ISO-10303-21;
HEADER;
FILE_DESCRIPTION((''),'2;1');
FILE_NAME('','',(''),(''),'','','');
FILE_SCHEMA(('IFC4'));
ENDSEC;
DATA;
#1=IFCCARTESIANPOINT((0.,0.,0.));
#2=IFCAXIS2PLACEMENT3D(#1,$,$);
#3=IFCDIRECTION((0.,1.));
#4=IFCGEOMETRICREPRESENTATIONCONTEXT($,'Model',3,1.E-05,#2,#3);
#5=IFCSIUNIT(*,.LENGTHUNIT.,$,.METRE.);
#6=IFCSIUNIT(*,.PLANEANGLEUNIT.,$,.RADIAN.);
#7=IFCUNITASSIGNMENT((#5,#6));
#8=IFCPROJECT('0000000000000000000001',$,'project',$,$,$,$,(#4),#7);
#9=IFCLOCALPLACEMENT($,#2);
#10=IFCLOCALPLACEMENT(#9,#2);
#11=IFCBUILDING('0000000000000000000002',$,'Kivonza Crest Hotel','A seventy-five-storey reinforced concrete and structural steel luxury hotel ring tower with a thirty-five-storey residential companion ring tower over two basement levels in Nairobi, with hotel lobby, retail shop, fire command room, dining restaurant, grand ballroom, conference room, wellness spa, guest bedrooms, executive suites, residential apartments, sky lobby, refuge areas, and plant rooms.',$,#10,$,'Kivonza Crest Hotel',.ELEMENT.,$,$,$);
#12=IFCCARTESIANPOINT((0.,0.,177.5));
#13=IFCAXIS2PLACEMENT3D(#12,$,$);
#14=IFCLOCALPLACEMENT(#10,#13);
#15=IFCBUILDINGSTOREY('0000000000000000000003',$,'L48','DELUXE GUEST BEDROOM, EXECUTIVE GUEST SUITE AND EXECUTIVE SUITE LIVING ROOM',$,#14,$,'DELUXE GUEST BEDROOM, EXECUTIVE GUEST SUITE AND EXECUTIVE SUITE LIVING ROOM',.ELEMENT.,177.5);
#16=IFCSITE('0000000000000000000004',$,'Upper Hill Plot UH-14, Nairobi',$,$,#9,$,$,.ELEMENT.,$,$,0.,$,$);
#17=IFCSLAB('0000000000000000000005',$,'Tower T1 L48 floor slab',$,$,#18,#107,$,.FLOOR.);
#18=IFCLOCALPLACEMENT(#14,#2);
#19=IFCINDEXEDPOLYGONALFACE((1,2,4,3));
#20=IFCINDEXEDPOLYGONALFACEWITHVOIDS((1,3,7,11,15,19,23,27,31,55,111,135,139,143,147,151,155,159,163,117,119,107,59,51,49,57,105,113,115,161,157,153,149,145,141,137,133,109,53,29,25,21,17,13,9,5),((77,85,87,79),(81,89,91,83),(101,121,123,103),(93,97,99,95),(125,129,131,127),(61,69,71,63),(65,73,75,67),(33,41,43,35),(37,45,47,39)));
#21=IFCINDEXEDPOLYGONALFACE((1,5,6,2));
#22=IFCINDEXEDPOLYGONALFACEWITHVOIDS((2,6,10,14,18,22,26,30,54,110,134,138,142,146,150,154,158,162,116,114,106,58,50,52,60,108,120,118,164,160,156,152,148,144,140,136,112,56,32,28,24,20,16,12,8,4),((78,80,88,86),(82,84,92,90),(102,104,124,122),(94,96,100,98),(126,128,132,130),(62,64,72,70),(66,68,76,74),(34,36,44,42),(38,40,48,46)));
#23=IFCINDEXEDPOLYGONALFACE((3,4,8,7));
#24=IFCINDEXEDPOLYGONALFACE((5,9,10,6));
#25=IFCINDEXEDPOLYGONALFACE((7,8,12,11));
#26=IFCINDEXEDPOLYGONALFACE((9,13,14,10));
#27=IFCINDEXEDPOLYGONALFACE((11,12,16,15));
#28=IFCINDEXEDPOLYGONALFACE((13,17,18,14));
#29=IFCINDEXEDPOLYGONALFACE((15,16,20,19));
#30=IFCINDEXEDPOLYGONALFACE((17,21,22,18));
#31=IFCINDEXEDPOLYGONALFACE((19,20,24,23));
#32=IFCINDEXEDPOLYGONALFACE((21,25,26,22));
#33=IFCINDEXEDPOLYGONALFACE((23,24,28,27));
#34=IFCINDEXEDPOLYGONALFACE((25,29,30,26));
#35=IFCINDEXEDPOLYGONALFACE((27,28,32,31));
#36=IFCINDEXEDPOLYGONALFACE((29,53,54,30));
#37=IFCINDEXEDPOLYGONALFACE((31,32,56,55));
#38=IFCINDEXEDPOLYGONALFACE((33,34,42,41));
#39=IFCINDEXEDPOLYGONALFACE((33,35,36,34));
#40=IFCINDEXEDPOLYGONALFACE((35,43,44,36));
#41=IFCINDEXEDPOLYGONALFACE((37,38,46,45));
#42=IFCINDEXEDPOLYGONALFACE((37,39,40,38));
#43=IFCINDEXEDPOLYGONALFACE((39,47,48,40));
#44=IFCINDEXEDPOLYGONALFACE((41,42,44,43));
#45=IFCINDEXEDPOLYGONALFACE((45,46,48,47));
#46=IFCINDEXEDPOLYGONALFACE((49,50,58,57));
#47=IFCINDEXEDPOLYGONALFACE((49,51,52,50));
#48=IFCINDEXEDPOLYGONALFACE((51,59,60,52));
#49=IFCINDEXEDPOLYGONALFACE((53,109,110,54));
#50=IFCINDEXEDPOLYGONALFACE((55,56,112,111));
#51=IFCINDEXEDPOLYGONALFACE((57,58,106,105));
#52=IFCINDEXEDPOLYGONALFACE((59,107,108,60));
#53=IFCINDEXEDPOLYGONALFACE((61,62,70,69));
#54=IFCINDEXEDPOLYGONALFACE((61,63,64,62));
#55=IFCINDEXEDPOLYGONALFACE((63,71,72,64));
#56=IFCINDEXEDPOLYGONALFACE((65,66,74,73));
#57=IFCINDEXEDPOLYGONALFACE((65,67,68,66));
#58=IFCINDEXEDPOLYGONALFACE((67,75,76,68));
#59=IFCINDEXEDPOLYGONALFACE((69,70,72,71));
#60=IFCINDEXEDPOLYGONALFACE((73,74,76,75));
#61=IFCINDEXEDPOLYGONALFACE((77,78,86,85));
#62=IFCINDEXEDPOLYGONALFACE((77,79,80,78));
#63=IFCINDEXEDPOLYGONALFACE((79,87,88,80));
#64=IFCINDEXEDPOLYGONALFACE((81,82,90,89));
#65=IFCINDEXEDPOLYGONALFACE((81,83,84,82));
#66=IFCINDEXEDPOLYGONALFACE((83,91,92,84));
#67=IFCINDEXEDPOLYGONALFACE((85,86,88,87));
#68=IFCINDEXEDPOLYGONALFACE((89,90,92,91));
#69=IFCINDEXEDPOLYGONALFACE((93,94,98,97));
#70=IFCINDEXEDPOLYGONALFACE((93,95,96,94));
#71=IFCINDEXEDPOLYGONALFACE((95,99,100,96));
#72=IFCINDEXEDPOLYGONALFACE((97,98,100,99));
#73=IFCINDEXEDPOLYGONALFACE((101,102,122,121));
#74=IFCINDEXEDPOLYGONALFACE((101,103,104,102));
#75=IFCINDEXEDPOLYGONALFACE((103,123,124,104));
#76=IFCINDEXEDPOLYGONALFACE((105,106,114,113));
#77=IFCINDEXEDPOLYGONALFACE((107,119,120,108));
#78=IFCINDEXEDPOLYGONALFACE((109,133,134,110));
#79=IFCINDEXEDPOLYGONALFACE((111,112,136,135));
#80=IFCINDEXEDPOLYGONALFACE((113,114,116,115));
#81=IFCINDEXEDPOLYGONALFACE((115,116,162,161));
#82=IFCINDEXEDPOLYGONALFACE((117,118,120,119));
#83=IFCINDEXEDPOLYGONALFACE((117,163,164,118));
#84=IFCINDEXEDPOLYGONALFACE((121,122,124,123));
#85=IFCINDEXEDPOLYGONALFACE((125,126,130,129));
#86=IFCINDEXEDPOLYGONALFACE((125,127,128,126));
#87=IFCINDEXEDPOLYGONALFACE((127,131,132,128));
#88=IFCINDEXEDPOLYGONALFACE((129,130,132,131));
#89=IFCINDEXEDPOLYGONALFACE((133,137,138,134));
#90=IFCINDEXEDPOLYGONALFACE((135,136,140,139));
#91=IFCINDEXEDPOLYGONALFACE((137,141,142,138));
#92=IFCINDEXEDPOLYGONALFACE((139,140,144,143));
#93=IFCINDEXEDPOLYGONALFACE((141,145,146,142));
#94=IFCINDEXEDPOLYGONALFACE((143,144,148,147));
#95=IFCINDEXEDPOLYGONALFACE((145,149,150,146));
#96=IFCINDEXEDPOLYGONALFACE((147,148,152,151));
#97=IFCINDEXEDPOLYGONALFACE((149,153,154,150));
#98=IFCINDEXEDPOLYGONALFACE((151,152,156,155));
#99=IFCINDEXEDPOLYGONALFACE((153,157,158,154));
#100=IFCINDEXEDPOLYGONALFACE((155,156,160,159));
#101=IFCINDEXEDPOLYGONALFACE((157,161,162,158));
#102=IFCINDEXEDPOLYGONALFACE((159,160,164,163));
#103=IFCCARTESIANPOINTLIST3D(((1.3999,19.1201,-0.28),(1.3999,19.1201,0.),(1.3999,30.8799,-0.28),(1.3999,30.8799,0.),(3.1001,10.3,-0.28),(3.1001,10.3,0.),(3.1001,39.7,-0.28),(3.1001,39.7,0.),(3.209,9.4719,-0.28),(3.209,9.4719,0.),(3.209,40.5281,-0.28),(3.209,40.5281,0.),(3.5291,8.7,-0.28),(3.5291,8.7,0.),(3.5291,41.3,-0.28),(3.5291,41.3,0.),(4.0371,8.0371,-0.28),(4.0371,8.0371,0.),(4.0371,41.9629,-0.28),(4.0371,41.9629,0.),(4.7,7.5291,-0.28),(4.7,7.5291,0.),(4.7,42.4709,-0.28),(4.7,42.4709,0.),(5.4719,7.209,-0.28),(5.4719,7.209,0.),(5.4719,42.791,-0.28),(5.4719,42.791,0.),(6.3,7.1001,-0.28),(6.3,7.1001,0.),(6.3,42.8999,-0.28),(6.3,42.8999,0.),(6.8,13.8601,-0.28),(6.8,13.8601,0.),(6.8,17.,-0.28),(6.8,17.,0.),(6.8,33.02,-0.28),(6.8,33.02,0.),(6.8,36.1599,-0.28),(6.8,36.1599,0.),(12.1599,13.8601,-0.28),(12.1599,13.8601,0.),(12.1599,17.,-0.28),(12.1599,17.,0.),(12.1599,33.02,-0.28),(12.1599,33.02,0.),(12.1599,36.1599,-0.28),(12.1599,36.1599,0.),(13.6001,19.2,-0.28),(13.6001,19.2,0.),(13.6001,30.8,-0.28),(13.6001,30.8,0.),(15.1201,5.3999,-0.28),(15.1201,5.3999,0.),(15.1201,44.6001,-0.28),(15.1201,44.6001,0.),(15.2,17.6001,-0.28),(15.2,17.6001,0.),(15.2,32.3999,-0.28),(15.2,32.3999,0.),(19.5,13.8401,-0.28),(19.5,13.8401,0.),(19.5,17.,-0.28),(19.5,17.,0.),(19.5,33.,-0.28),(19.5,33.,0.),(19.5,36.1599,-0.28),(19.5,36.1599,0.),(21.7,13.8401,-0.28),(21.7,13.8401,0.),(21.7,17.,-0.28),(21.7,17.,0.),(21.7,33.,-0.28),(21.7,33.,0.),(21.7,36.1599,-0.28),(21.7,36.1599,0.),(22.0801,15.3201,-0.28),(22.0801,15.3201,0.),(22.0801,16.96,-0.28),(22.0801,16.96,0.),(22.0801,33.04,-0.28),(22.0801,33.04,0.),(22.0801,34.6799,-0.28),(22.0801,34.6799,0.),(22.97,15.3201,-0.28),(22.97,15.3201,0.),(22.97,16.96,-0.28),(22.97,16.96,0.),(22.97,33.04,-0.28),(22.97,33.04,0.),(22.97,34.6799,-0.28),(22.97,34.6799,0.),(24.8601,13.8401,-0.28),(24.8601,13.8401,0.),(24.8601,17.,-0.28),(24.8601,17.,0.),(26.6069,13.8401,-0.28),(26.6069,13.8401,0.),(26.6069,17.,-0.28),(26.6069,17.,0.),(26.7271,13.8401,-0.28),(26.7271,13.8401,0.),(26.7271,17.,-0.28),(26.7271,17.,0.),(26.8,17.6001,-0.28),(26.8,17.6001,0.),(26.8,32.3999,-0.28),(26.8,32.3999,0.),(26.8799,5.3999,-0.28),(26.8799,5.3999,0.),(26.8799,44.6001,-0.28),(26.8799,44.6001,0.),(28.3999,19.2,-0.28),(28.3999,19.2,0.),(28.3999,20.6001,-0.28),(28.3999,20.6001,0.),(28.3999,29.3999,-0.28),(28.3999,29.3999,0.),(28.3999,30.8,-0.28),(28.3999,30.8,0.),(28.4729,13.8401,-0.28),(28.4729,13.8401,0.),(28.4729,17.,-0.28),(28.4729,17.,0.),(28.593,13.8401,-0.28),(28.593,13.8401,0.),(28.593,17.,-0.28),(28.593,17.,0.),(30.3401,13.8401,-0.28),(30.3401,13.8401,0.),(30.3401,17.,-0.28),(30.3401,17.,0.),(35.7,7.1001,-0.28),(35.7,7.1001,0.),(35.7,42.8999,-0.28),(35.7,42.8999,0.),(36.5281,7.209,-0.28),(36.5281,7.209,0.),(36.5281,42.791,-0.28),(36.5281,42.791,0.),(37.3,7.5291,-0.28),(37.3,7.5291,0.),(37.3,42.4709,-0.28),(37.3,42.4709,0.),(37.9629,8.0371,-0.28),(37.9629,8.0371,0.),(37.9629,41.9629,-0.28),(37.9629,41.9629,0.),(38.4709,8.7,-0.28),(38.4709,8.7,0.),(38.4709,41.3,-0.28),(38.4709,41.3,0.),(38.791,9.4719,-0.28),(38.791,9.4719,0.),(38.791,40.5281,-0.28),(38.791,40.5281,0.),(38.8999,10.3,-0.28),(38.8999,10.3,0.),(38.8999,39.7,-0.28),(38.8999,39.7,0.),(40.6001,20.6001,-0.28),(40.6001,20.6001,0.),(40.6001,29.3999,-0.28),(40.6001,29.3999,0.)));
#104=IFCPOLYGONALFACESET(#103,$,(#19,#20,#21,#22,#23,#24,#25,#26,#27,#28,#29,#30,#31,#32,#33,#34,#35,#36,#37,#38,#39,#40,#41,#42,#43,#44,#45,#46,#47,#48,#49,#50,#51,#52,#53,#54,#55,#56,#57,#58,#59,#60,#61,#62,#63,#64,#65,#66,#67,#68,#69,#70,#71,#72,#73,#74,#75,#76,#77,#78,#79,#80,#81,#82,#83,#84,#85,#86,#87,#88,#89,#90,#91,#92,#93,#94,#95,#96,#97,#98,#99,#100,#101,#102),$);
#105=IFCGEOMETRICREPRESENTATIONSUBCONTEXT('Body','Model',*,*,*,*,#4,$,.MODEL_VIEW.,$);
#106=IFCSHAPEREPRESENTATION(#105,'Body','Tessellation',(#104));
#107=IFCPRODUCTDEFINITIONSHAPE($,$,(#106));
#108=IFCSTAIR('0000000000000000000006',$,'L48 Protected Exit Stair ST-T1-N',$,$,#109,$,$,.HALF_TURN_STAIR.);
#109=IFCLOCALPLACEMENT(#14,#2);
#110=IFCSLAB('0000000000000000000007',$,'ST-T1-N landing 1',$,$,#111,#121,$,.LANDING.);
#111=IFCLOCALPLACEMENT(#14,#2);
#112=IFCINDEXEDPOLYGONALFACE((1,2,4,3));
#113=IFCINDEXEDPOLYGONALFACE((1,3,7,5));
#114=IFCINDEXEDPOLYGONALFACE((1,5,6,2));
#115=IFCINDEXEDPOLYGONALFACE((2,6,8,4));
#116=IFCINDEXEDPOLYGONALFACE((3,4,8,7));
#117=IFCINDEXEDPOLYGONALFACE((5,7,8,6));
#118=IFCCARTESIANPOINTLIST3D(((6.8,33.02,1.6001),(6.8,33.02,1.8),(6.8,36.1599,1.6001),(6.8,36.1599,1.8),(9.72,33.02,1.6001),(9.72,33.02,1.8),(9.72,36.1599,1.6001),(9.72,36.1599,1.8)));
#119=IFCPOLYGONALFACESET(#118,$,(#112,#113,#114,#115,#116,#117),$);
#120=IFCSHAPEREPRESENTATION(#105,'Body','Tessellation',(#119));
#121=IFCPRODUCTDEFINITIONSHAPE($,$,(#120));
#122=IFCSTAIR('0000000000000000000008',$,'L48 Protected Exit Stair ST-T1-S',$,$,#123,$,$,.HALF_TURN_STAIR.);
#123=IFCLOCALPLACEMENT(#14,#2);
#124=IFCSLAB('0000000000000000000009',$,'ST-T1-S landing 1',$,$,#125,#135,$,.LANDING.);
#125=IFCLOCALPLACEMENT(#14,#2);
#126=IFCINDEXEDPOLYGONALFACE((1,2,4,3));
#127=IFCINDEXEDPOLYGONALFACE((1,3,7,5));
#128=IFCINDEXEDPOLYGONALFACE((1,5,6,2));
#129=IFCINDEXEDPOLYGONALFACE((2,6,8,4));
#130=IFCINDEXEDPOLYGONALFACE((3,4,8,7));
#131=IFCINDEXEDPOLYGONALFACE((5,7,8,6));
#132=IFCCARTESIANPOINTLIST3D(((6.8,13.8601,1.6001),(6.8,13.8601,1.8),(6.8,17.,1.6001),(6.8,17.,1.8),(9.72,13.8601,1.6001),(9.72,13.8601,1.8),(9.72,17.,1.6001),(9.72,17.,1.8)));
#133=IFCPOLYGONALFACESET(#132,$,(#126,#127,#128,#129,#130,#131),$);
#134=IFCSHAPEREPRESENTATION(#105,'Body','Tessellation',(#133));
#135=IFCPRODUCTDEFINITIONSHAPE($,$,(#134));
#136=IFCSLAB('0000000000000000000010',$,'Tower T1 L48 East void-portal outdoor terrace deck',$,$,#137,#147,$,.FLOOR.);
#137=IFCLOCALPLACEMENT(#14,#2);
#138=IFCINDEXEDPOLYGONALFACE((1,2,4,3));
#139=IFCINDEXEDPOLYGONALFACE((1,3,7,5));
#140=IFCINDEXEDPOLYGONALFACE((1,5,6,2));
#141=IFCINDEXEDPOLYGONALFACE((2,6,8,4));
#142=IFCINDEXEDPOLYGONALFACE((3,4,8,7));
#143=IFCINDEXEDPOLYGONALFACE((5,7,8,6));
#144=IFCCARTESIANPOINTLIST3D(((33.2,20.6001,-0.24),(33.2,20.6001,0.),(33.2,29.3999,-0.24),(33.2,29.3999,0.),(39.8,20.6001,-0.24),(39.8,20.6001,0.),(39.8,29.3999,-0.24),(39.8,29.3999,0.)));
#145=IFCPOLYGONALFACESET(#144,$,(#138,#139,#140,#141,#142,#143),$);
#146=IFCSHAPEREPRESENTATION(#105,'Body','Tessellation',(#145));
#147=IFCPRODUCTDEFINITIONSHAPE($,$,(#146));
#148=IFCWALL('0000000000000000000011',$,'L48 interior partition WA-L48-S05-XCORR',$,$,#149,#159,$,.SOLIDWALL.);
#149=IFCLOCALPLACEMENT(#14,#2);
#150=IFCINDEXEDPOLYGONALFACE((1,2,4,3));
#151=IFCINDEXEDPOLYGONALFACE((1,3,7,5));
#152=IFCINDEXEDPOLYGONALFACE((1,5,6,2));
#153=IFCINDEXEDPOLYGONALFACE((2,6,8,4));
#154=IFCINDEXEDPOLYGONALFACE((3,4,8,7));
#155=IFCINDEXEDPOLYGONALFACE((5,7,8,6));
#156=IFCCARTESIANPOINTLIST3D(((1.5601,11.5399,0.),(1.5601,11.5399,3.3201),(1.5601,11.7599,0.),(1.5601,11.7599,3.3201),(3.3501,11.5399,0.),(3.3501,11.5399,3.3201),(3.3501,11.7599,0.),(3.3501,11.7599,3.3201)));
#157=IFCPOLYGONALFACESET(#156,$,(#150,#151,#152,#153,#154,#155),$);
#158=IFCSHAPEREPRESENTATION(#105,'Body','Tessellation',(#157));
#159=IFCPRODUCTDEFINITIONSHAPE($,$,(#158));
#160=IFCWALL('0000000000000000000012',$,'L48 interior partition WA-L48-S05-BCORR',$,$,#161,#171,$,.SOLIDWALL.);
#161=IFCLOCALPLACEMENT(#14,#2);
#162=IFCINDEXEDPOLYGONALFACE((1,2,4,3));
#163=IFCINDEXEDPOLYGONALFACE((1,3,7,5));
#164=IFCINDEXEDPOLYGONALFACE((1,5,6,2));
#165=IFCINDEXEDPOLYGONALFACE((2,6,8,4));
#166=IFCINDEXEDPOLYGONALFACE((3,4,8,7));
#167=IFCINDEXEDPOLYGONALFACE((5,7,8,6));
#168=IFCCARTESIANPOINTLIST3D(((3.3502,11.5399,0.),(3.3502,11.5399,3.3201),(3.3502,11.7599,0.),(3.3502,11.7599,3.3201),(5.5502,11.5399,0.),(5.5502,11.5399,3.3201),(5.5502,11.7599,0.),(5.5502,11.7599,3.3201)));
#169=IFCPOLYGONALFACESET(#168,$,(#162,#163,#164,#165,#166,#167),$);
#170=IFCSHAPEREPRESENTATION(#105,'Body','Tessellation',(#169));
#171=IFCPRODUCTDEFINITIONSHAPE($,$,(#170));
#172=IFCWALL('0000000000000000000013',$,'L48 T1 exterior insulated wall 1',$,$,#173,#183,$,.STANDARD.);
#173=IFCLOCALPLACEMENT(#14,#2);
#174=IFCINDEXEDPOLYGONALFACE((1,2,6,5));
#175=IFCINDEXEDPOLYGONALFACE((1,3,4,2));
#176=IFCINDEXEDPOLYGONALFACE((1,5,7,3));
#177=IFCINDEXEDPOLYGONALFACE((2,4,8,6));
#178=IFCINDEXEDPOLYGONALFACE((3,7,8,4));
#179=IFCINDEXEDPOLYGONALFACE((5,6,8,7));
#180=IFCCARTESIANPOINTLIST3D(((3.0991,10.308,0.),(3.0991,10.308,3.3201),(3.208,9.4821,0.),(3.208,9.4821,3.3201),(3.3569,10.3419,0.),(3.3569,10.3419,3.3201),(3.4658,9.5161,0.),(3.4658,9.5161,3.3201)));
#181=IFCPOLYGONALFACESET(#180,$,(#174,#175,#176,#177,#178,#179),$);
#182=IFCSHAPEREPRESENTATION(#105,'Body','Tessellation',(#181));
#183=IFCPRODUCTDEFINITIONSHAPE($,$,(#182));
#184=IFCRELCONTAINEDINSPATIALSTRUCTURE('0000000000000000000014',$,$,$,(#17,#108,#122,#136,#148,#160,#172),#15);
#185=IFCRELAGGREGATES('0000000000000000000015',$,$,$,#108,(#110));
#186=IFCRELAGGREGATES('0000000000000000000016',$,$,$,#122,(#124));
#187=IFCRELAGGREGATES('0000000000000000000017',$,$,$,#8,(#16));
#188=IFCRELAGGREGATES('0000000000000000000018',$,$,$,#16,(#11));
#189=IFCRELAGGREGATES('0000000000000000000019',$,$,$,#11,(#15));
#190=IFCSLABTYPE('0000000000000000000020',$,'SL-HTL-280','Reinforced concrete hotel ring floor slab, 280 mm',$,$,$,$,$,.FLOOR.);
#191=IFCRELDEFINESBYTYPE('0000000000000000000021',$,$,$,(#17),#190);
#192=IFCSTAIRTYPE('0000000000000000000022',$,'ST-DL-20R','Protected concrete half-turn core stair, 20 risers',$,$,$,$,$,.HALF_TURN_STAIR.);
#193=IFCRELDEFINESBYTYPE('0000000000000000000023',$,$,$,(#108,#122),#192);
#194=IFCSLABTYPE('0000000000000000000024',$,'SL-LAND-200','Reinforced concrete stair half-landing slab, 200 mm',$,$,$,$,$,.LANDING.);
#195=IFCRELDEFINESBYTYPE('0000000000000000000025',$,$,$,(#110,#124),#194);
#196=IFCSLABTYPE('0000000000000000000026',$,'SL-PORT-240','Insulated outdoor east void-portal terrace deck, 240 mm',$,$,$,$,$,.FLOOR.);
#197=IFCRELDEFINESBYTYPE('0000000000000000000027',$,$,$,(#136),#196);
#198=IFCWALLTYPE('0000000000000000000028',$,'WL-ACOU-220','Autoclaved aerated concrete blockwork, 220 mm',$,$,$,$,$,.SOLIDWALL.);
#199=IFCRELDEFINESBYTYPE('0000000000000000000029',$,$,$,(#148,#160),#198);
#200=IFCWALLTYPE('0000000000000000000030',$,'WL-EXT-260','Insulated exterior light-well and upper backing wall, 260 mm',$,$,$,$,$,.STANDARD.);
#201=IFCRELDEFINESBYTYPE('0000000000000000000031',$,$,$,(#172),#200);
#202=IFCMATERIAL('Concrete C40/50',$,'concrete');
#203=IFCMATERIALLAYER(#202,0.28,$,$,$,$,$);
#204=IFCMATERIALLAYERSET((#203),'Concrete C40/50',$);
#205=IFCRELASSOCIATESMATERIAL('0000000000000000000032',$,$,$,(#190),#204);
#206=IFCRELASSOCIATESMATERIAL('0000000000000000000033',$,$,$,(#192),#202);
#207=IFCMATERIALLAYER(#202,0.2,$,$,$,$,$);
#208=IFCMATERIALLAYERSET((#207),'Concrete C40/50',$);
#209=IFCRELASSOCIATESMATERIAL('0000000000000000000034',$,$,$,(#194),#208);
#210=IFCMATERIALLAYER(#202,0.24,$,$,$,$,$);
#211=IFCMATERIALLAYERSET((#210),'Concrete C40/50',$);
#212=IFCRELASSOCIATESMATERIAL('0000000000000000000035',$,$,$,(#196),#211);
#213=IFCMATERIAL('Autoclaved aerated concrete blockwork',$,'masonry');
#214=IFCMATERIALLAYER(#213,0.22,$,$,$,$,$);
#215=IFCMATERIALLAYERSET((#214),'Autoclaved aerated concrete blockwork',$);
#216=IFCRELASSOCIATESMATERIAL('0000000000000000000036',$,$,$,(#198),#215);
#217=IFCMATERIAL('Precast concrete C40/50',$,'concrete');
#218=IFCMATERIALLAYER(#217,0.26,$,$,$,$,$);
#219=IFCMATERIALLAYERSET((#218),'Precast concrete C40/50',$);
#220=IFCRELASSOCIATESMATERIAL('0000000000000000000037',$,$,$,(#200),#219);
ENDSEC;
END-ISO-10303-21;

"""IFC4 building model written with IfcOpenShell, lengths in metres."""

from ifc_helpers import new_model, si_unit, direction, frame, frame_2d, origin, place, context, subcontext, project, spatial, polyline, rectangle, outline, extrude, material, layer, layer_set, type_object, element, aggregate, save


model = new_model("IFC4")

# Units and contexts
model_context = context("Model", 3, precision=1e-05, world=origin(), true_north=direction((0.0, 1.0)))
body_context = subcontext(model_context, "Body", "Model", "MODEL_VIEW")
ifc_project = project(units=[si_unit("LENGTHUNIT", "METRE"), si_unit("PLANEANGLEUNIT", "RADIAN")], contexts=[model_context])

# Site, building, storey
site_placement = place(None, origin())
site = spatial("IfcSite", under=ifc_project, at=site_placement, Name="Upper Hill Plot UH-14, Nairobi", CompositionType="ELEMENT", RefElevation=0.0)
building_placement = place(site_placement, origin())
building = spatial("IfcBuilding", under=site, at=building_placement, Name="Kivonza Crest Hotel", Description="A seventy-five-storey reinforced concrete and structural steel luxury hotel ring tower with a thirty-five-storey residential companion ring tower over two basement levels in Nairobi, with hotel lobby, retail shop, fire command room, dining restaurant, grand ballroom, conference room, wellness spa, guest bedrooms, executive suites, residential apartments, sky lobby, refuge areas, and plant rooms.", LongName="Kivonza Crest Hotel", CompositionType="ELEMENT")
storey_placement = place(building_placement, frame((0.0, 0.0, 177.5)))
storey = spatial("IfcBuildingStorey", under=building, at=storey_placement, Name="L48", Description="DELUXE GUEST BEDROOM, EXECUTIVE GUEST SUITE AND EXECUTIVE SUITE LIVING ROOM", LongName="DELUXE GUEST BEDROOM, EXECUTIVE GUEST SUITE AND EXECUTIVE SUITE LIVING ROOM", CompositionType="ELEMENT", Elevation=177.5)

# Slab
ifc_material_1 = material(Name="Concrete C40/50", Category="concrete")
ifc_layer_1 = layer(ifc_material_1, 0.28)
ifc_layer_set_1 = layer_set([ifc_layer_1], Name="Concrete C40/50")
slab_type_1 = type_object("IfcSlabType", Name="SL-HTL-280", Description="Reinforced concrete hotel ring floor slab, 280 mm", PredefinedType="FLOOR", material=ifc_layer_set_1)
slab_1_placement = place(storey_placement, frame((0.0, 0.0, -0.28)))
element("IfcSlab", 1, at=slab_1_placement, inside=storey, type_object=slab_type_1, Name="Tower T1 L48 floor slab", PredefinedType="FLOOR", context=body_context, shape_type="SweptSolid", body=[
    extrude(outline(polyline([(3.1001, 10.3), (3.209, 9.4719), (3.5291, 8.7), (4.0371, 8.0371), (4.7, 7.5291), (5.4719, 7.209), (6.3, 7.1001), (15.1201, 5.3999), (26.8799, 5.3999), (35.7, 7.1001), (36.5281, 7.209), (37.3, 7.5291), (37.9629, 8.0371), (38.4709, 8.7), (38.791, 9.4719), (38.8999, 10.3), (40.6001, 20.6001), (28.3999, 20.6001), (28.3999, 19.2), (26.8, 17.6001), (15.2, 17.6001), (13.6001, 19.2), (13.6001, 30.8), (15.2, 32.3999), (26.8, 32.3999), (28.3999, 30.8), (28.3999, 29.3999), (40.6001, 29.3999), (38.8999, 39.7), (38.791, 40.5281), (38.4709, 41.3), (37.9629, 41.9629), (37.3, 42.4709), (36.5281, 42.791), (35.7, 42.8999), (26.8799, 44.6001), (15.1201, 44.6001), (6.3, 42.8999), (5.4719, 42.791), (4.7, 42.4709), (4.0371, 41.9629), (3.5291, 41.3), (3.209, 40.5281), (3.1001, 39.7), (1.3999, 30.8799), (1.3999, 19.1201), (3.1001, 10.3)]), holes=[polyline([(6.8, 33.02), (12.1599, 33.02), (12.1599, 36.1599), (6.8, 36.1599), (6.8, 33.02)]), polyline([(6.8, 13.8601), (12.1599, 13.8601), (12.1599, 17.0), (6.8, 17.0), (6.8, 13.8601)]), polyline([(22.0801, 33.04), (22.97, 33.04), (22.97, 34.6799), (22.0801, 34.6799), (22.0801, 33.04)]), polyline([(22.0801, 15.3201), (22.97, 15.3201), (22.97, 16.96), (22.0801, 16.96), (22.0801, 15.3201)]), polyline([(19.5, 33.0), (21.7, 33.0), (21.7, 36.1599), (19.5, 36.1599), (19.5, 33.0)]), polyline([(19.5, 13.8401), (21.7, 13.8401), (21.7, 17.0), (19.5, 17.0), (19.5, 13.8401)]), polyline([(24.8601, 13.8401), (26.6069, 13.8401), (26.6069, 17.0), (24.8601, 17.0), (24.8601, 13.8401)]), polyline([(26.7271, 13.8401), (28.4729, 13.8401), (28.4729, 17.0), (26.7271, 17.0), (26.7271, 13.8401)]), polyline([(28.593, 13.8401), (30.3401, 13.8401), (30.3401, 17.0), (28.593, 17.0), (28.593, 13.8401)])]), origin(), (0.0, 0.0, 1.0), 0.28),
])

# Stairs, slabs
stair_type = type_object("IfcStairType", Name="ST-DL-20R", Description="Protected concrete half-turn core stair, 20 risers", PredefinedType="HALF_TURN_STAIR", material=ifc_material_1)
stair_1_placement = place(storey_placement, origin())
stair_1 = element("IfcStair", 2, at=stair_1_placement, inside=storey, type_object=stair_type, Name="L48 Protected Exit Stair ST-T1-N", PredefinedType="HALF_TURN_STAIR")
ifc_layer_2 = layer(ifc_material_1, 0.2)
ifc_layer_set_2 = layer_set([ifc_layer_2], Name="Concrete C40/50")
slab_type_2 = type_object("IfcSlabType", Name="SL-LAND-200", Description="Reinforced concrete stair half-landing slab, 200 mm", PredefinedType="LANDING", material=ifc_layer_set_2)
slab_2_placement = place(storey_placement, frame((0.0, 0.0, 1.6001)))
slab_2 = element("IfcSlab", 3, at=slab_2_placement, type_object=slab_type_2, Name="ST-T1-N landing 1", PredefinedType="LANDING", context=body_context, shape_type="SweptSolid", body=[
    extrude(outline(polyline([(9.72, 36.1599), (6.8, 36.1599), (6.8, 33.02), (9.72, 33.02), (9.72, 36.1599)])), origin(), (0.0, 0.0, 1.0), 0.2),
])
aggregate(stair_1, [slab_2])
stair_2_placement = place(storey_placement, origin())
stair_2 = element("IfcStair", 4, at=stair_2_placement, inside=storey, type_object=stair_type, Name="L48 Protected Exit Stair ST-T1-S", PredefinedType="HALF_TURN_STAIR")
slab_3_placement = place(storey_placement, frame((0.0, 0.0, 1.6001)))
slab_3 = element("IfcSlab", 5, at=slab_3_placement, type_object=slab_type_2, Name="ST-T1-S landing 1", PredefinedType="LANDING", context=body_context, shape_type="SweptSolid", body=[
    extrude(outline(polyline([(9.72, 17.0), (6.8, 17.0), (6.8, 13.8601), (9.72, 13.8601), (9.72, 17.0)])), origin(), (0.0, 0.0, 1.0), 0.2),
])
aggregate(stair_2, [slab_3])

# Slab
ifc_layer_3 = layer(ifc_material_1, 0.24)
ifc_layer_set_3 = layer_set([ifc_layer_3], Name="Concrete C40/50")
slab_type_3 = type_object("IfcSlabType", Name="SL-PORT-240", Description="Insulated outdoor east void-portal terrace deck, 240 mm", PredefinedType="FLOOR", material=ifc_layer_set_3)
slab_4_placement = place(storey_placement, frame((0.0, 0.0, -0.24)))
element("IfcSlab", 6, at=slab_4_placement, inside=storey, type_object=slab_type_3, Name="Tower T1 L48 East void-portal outdoor terrace deck", PredefinedType="FLOOR", context=body_context, shape_type="SweptSolid", body=[
    extrude(outline(polyline([(33.2, 20.6001), (39.8, 20.6001), (39.8, 29.3999), (33.2, 29.3999), (33.2, 20.6001)])), origin(), (0.0, 0.0, 1.0), 0.24),
])

# Walls
ifc_material_2 = material(Name="Autoclaved aerated concrete blockwork", Category="masonry")
ifc_layer_4 = layer(ifc_material_2, 0.22)
ifc_layer_set_4 = layer_set([ifc_layer_4], Name="Autoclaved aerated concrete blockwork")
wall_type_1 = type_object("IfcWallType", Name="WL-ACOU-220", Description="Autoclaved aerated concrete blockwork, 220 mm", PredefinedType="SOLIDWALL", material=ifc_layer_set_4)
wall_1_placement = place(storey_placement, frame((1.5601, 11.6499, 0.0), z_axis=(0.0, 0.0, 1.0), x_axis=(1.0, 0.0, 0.0)))
element("IfcWall", 7, at=wall_1_placement, inside=storey, type_object=wall_type_1, Name="L48 interior partition WA-L48-S05-XCORR", PredefinedType="SOLIDWALL", context=body_context, shape_type="SweptSolid", body=[
    extrude(rectangle(XDim=1.79, YDim=0.22, at=frame_2d((0.895, 0.0))), origin(), (0.0, 0.0, 1.0), 3.3201),
])
wall_2_placement = place(storey_placement, frame((3.3501, 11.6499, 0.0), z_axis=(0.0, 0.0, 1.0), x_axis=(1.0, 0.0, 0.0)))
element("IfcWall", 8, at=wall_2_placement, inside=storey, type_object=wall_type_1, Name="L48 interior partition WA-L48-S05-BCORR", PredefinedType="SOLIDWALL", context=body_context, shape_type="SweptSolid", body=[
    extrude(rectangle(XDim=2.2, YDim=0.22, at=frame_2d((1.1001, 0.0))), origin(), (0.0, 0.0, 1.0), 3.3201),
])
ifc_material_3 = material(Name="Precast concrete C40/50", Category="concrete")
ifc_layer_5 = layer(ifc_material_3, 0.26)
ifc_layer_set_5 = layer_set([ifc_layer_5], Name="Precast concrete C40/50")
wall_type_2 = type_object("IfcWallType", Name="WL-EXT-260", Description="Insulated exterior light-well and upper backing wall, 260 mm", PredefinedType="STANDARD", material=ifc_layer_set_5)
wall_3_placement = place(storey_placement, frame((3.228, 10.325, 0.0), z_axis=(0.0, 0.0, 1.0), x_axis=(0.130705, -0.991421, 0.0)))
element("IfcWall", 9, at=wall_3_placement, inside=storey, type_object=wall_type_2, Name="L48 T1 exterior insulated wall 1", PredefinedType="STANDARD", context=body_context, shape_type="SweptSolid", body=[
    extrude(rectangle(XDim=0.833, YDim=0.26, at=frame_2d((0.4165, 0.0))), origin(), (0.0, 0.0, 1.0), 3.3201),
])

save(model, "model.ifc")
